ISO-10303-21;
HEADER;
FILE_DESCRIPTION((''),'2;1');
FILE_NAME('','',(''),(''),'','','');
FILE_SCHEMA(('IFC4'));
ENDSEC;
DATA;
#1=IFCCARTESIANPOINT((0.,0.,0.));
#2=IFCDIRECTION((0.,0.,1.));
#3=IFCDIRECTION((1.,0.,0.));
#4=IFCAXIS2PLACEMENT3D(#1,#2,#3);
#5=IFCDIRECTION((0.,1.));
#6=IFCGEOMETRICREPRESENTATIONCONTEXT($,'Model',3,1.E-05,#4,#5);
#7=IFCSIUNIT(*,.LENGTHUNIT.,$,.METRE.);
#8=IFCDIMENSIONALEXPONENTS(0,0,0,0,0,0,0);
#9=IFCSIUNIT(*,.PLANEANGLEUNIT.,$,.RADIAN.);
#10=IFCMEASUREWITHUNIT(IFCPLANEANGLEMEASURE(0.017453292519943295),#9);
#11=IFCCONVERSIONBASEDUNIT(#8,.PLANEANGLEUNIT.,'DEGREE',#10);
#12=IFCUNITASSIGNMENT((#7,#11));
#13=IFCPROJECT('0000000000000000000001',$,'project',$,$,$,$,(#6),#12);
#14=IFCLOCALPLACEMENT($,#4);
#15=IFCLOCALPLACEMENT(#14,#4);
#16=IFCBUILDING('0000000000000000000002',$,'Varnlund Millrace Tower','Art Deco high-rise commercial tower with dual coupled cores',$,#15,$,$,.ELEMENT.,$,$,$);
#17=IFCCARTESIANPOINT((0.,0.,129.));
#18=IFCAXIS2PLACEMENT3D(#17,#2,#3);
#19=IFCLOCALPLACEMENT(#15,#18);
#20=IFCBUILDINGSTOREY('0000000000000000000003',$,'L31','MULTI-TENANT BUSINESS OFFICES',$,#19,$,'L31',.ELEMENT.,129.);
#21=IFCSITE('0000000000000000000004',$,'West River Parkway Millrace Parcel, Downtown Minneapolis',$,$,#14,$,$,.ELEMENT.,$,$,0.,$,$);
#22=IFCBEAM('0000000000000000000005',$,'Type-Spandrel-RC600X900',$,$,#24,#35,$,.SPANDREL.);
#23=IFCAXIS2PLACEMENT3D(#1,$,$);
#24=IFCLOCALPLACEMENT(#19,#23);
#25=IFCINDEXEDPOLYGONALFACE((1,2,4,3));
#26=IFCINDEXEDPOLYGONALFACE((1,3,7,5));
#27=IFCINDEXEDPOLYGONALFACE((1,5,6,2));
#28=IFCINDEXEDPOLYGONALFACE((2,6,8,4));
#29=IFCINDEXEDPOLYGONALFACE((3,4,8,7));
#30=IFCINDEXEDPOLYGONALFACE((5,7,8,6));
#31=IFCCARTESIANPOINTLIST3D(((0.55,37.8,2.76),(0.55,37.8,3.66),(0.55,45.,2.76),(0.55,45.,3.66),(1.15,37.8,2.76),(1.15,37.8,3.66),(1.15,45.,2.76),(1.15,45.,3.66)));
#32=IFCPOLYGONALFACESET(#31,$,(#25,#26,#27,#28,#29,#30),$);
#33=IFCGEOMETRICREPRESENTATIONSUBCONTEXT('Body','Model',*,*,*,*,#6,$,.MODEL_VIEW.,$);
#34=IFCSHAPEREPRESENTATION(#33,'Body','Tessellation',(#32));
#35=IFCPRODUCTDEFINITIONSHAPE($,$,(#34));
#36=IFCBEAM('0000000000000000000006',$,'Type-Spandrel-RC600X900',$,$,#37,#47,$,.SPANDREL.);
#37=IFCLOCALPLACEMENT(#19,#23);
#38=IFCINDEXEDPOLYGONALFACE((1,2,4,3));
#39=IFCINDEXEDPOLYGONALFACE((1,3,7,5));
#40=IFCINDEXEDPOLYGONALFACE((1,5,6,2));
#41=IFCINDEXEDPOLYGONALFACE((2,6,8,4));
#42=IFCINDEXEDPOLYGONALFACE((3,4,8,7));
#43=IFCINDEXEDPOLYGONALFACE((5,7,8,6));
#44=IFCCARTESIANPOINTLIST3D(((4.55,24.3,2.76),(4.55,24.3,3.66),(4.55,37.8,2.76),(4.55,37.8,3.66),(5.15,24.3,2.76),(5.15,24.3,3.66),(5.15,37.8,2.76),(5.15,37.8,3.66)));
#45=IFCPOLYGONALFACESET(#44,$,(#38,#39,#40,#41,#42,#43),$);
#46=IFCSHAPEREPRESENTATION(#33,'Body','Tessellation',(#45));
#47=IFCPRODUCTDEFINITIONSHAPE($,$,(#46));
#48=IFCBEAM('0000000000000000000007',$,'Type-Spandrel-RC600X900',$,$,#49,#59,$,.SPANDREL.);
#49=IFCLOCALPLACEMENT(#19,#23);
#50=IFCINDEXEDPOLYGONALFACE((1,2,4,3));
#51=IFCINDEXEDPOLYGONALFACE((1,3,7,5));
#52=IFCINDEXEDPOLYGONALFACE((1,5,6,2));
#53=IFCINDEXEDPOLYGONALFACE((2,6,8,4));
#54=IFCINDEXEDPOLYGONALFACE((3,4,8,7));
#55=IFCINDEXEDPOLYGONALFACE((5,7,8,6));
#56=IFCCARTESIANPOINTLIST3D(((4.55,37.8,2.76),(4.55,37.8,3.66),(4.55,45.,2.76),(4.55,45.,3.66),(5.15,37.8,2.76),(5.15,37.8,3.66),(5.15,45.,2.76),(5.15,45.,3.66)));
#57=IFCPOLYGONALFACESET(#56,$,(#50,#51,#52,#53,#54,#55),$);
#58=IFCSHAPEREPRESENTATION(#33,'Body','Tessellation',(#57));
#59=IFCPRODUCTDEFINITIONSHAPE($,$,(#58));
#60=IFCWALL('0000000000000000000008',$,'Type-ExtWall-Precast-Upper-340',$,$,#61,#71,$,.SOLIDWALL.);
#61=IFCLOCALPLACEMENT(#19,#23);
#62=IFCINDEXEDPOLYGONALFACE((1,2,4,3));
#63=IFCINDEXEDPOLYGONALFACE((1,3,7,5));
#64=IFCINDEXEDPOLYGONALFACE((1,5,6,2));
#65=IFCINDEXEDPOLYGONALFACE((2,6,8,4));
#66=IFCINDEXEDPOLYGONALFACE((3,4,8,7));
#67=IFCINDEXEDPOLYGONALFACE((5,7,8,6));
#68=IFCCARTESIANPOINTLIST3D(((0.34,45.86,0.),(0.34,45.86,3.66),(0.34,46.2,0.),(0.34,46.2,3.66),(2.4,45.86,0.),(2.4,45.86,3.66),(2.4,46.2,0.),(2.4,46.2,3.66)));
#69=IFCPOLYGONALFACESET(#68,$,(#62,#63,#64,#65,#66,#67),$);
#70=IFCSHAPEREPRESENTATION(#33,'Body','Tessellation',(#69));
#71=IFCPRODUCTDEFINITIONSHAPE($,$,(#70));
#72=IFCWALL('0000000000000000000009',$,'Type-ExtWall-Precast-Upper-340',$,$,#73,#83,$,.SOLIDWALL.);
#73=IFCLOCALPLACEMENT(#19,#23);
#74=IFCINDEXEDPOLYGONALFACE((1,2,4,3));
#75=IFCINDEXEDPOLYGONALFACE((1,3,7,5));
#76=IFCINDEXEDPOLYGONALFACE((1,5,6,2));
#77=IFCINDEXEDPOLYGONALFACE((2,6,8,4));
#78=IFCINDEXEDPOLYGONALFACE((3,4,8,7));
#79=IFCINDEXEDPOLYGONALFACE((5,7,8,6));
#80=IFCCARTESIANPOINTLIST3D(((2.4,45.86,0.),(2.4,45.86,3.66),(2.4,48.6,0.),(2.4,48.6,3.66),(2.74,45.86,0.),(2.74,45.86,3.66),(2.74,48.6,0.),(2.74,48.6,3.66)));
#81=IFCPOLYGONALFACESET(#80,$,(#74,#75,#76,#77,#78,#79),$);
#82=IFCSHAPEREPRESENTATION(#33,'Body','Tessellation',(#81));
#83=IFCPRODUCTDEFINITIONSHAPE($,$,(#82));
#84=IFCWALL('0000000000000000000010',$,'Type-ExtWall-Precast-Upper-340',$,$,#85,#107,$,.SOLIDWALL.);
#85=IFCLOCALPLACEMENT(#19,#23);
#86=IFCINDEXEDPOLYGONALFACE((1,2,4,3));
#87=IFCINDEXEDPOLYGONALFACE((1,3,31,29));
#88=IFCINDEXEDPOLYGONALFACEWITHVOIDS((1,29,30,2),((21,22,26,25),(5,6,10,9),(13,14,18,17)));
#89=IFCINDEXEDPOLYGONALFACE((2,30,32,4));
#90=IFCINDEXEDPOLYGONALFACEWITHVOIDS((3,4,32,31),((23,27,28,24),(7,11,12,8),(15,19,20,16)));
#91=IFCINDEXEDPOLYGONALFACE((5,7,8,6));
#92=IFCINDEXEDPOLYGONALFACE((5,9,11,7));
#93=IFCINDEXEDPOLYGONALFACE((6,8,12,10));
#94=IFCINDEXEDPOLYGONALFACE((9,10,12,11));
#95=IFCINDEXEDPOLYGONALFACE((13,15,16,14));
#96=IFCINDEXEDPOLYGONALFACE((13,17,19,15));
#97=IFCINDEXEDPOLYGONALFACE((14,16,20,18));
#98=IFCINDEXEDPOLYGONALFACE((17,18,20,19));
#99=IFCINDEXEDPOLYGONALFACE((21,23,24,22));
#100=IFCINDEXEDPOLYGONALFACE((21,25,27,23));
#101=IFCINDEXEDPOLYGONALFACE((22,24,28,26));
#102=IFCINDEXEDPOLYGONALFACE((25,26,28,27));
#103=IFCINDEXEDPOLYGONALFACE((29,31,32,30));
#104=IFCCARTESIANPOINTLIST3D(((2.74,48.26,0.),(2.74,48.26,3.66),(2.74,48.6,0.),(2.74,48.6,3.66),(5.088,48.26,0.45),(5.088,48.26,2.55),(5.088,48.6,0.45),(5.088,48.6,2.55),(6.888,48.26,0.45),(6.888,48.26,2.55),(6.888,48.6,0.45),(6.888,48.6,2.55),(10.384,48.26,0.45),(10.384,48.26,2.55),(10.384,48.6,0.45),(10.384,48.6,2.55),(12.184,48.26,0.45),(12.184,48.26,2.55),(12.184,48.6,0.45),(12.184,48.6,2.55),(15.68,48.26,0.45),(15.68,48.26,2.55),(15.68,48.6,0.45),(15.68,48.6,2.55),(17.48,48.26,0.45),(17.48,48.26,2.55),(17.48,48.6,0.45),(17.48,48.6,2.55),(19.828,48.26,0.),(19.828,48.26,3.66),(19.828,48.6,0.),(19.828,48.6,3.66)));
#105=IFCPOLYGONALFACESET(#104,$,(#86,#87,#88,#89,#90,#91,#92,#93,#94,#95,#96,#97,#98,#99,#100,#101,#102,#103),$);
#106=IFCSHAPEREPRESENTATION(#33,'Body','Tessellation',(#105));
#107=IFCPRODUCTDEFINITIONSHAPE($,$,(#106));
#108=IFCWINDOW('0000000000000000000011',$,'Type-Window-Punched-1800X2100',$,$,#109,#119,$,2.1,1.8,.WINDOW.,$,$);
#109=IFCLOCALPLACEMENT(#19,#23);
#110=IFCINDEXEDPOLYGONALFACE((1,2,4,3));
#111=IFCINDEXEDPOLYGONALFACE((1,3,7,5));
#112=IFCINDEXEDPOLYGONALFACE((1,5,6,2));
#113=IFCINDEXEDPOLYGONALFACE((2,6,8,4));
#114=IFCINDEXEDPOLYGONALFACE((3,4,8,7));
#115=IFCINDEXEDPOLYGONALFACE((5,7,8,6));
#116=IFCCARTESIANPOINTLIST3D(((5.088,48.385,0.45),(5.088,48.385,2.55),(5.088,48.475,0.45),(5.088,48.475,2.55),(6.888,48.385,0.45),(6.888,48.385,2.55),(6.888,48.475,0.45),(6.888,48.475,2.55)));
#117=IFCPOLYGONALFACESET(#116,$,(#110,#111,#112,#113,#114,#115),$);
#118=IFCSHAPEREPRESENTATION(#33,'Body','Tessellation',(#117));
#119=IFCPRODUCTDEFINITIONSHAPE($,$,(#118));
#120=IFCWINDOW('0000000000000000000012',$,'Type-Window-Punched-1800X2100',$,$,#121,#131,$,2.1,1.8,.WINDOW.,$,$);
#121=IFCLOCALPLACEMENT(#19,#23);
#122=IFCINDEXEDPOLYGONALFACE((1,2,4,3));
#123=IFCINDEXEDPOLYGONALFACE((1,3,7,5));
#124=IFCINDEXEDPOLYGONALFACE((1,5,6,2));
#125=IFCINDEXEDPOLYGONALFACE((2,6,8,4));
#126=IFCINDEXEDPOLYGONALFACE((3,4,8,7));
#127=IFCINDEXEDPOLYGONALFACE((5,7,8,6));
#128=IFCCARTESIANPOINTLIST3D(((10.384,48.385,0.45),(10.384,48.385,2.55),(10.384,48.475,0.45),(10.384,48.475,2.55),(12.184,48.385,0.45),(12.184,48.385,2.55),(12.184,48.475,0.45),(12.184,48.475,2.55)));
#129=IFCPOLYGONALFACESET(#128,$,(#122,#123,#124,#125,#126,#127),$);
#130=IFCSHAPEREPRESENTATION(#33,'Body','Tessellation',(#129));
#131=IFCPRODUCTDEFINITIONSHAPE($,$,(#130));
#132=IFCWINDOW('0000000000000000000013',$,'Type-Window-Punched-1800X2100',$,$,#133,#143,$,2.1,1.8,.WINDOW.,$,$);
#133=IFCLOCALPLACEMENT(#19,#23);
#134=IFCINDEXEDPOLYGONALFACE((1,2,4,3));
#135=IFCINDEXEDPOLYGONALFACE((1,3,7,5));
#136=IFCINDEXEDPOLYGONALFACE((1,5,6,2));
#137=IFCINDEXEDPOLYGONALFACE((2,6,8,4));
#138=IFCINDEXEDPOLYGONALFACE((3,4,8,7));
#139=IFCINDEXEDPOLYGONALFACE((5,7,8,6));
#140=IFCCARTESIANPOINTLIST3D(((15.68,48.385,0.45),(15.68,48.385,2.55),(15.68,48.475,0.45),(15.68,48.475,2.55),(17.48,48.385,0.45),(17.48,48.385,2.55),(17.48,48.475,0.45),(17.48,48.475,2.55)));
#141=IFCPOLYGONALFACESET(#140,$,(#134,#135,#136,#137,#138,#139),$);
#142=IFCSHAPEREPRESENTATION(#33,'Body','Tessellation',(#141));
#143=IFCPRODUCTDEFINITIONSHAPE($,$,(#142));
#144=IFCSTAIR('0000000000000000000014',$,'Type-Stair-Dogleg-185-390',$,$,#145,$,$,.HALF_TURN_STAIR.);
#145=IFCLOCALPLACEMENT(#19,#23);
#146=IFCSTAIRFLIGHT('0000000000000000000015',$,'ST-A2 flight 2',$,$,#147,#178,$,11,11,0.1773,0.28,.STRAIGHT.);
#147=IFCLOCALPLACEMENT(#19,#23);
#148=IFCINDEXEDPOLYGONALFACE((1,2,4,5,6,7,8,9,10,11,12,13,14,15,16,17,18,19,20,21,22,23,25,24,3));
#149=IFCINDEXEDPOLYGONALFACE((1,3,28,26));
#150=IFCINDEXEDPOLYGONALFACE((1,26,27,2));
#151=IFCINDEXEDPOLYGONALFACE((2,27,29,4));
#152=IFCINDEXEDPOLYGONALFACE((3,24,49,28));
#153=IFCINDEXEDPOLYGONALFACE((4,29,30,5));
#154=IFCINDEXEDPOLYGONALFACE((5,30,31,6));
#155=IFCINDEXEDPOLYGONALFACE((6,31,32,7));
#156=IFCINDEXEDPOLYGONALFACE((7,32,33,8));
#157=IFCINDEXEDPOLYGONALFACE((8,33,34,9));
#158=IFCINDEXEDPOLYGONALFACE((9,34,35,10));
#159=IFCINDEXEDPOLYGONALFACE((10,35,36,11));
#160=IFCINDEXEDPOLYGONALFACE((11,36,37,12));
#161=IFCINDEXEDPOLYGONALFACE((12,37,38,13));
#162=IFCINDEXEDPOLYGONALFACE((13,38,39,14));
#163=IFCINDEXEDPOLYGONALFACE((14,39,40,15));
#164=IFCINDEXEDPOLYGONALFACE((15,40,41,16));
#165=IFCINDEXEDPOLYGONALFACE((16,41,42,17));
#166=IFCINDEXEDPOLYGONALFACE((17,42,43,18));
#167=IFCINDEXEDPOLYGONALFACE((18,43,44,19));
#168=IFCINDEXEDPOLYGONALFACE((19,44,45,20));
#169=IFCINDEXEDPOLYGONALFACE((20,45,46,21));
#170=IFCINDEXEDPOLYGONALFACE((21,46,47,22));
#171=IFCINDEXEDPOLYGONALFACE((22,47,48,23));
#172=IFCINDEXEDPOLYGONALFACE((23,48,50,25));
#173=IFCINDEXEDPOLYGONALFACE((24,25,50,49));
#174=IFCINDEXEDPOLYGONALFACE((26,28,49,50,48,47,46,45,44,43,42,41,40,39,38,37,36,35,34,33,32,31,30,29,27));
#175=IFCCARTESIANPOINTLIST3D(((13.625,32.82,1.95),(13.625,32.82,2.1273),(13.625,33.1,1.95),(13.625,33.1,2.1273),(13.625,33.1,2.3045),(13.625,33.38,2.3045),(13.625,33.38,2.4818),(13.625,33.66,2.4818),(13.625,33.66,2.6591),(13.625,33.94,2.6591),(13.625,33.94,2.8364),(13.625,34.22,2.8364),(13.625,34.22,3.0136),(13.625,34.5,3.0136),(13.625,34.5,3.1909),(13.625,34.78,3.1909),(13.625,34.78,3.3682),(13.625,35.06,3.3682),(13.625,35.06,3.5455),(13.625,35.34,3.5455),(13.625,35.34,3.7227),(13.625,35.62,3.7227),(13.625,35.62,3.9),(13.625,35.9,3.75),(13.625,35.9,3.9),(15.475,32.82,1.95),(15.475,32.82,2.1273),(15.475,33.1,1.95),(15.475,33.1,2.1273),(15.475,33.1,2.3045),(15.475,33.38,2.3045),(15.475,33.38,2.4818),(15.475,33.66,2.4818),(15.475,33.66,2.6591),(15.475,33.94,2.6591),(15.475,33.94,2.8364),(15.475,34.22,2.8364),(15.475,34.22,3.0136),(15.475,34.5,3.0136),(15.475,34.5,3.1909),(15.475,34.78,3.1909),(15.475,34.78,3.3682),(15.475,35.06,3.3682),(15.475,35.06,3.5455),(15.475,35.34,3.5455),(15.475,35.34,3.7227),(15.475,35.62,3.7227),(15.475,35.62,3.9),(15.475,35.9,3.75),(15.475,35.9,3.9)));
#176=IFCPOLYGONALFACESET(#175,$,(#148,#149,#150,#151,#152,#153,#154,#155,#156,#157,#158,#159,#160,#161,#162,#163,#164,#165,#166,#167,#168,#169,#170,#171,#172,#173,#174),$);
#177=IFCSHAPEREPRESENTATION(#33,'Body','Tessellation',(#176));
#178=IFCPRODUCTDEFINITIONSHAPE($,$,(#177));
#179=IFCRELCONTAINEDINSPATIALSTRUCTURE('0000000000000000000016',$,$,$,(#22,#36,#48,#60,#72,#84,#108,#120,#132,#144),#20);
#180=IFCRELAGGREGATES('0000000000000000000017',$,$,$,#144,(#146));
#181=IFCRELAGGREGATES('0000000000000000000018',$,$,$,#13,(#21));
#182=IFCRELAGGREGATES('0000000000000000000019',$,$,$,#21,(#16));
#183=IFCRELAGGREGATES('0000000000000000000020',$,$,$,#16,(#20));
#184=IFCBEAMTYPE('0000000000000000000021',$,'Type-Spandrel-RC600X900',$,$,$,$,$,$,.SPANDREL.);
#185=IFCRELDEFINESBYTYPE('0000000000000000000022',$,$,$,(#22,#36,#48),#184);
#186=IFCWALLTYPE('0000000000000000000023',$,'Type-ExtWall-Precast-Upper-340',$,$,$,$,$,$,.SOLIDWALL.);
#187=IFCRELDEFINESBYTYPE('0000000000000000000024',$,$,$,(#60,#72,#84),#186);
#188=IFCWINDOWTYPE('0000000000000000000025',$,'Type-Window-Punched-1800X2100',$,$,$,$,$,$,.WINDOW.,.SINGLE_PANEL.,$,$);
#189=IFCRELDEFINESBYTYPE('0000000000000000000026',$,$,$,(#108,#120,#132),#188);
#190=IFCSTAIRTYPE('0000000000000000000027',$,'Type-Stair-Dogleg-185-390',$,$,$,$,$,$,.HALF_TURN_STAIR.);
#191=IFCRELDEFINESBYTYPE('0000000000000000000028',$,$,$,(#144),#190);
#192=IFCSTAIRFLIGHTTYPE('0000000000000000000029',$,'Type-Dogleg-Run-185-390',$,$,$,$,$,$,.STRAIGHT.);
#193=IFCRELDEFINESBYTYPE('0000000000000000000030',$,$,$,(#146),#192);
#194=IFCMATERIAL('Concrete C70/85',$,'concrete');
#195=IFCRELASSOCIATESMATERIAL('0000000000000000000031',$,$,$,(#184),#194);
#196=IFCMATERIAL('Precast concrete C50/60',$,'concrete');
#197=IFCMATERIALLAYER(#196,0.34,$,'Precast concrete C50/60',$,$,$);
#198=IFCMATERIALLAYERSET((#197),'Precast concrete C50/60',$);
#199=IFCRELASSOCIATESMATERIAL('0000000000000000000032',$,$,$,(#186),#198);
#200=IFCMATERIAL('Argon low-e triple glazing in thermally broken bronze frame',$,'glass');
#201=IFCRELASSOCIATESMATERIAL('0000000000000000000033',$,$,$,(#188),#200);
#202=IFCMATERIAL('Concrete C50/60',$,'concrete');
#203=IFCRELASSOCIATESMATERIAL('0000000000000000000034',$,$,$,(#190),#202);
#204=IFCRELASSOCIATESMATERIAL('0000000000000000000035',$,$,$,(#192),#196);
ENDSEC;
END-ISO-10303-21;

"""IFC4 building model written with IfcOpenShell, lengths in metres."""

from ifc_helpers import new_model, entity, si_unit, converted_unit, direction, frame, origin_with_axes, origin_2d_with_axis, place, context, subcontext, project, spatial, polyline, rectangle, outline, extrude, material, layer, layer_set, material_profile, profile_set, type_object, element, fill, aggregate, save


model = new_model("IFC4")

# Units and contexts
model_context = context("Model", 3, precision=1e-05, world=origin_with_axes(), true_north=direction((0.0, 1.0)))
body_context = subcontext(model_context, "Body", "Model", "MODEL_VIEW")
ifc_project = project(units=[si_unit("LENGTHUNIT", "METRE"), converted_unit("PLANEANGLEUNIT", "DEGREE", entity("IfcPlaneAngleMeasure", 0.017453292519943295), si_unit("PLANEANGLEUNIT", "RADIAN"), dimensions=[0, 0, 0, 0, 0, 0, 0])], contexts=[model_context])

# Site, building, storey
site_placement = place(None, origin_with_axes())
site = spatial("IfcSite", under=ifc_project, at=site_placement, Name="West River Parkway Millrace Parcel, Downtown Minneapolis", CompositionType="ELEMENT", RefElevation=0.0)
building_placement = place(site_placement, origin_with_axes())
building = spatial("IfcBuilding", under=site, at=building_placement, Name="Varnlund Millrace Tower", Description="Art Deco high-rise commercial tower with dual coupled cores", CompositionType="ELEMENT")
storey_placement = place(building_placement, frame((0.0, 0.0, 129.0), z_axis=(0.0, 0.0, 1.0), x_axis=(1.0, 0.0, 0.0)))
storey = spatial("IfcBuildingStorey", under=building, at=storey_placement, Name="L31", Description="MULTI-TENANT BUSINESS OFFICES", LongName="L31", CompositionType="ELEMENT", Elevation=129.0)

# Beams
ifc_material_1 = material(Name="Concrete C70/85", Category="concrete")
ifc_material_profile_1 = material_profile(ifc_material_1, rectangle(XDim=0.6, YDim=0.9, at=origin_2d_with_axis()), Name="Concrete C70/85")
ifc_profile_set_1 = profile_set([ifc_material_profile_1], Name="Concrete C70/85")
beam_type_1 = type_object("IfcBeamType", Name="Type-Spandrel-RC600X900", PredefinedType="SPANDREL", material=ifc_profile_set_1)
beam_1_placement = place(storey_placement, frame((0.85, 37.8, 3.21), z_axis=(0.0, 1.0, 0.0), x_axis=(-1.0, 0.0, 0.0)))
element("IfcBeam", 1, at=beam_1_placement, inside=storey, type_object=beam_type_1, Name="Type-Spandrel-RC600X900", PredefinedType="SPANDREL", context=body_context, shape_type="SweptSolid", body=[
    extrude(rectangle(XDim=0.6, YDim=0.9, at=origin_2d_with_axis()), origin_with_axes(), (0.0, 0.0, 1.0), 7.2),
])
beam_2_placement = place(storey_placement, frame((4.85, 24.3, 3.21), z_axis=(0.0, 1.0, 0.0), x_axis=(-1.0, 0.0, 0.0)))
element("IfcBeam", 2, at=beam_2_placement, inside=storey, type_object=beam_type_1, Name="Type-Spandrel-RC600X900", PredefinedType="SPANDREL", context=body_context, shape_type="SweptSolid", body=[
    extrude(rectangle(XDim=0.6, YDim=0.9, at=origin_2d_with_axis()), origin_with_axes(), (0.0, 0.0, 1.0), 13.5),
])
beam_3_placement = place(storey_placement, frame((4.85, 37.8, 3.21), z_axis=(0.0, 1.0, 0.0), x_axis=(-1.0, 0.0, 0.0)))
element("IfcBeam", 3, at=beam_3_placement, inside=storey, type_object=beam_type_1, Name="Type-Spandrel-RC600X900", PredefinedType="SPANDREL", context=body_context, shape_type="SweptSolid", body=[
    extrude(rectangle(XDim=0.6, YDim=0.9, at=origin_2d_with_axis()), origin_with_axes(), (0.0, 0.0, 1.0), 7.2),
])

# Walls
ifc_material_2 = material(Name="Precast concrete C50/60", Category="concrete")
ifc_layer = layer(ifc_material_2, 0.34, Name="Precast concrete C50/60")
ifc_layer_set = layer_set([ifc_layer], Name="Precast concrete C50/60")
wall_type = type_object("IfcWallType", Name="Type-ExtWall-Precast-Upper-340", PredefinedType="SOLIDWALL", material=ifc_layer_set)
wall_1_placement = place(storey_placement, frame((0.34, 46.03, 0.0), z_axis=(0.0, 0.0, 1.0), x_axis=(1.0, 0.0, 0.0)))
element("IfcWall", 4, at=wall_1_placement, inside=storey, type_object=wall_type, Name="Type-ExtWall-Precast-Upper-340", PredefinedType="SOLIDWALL", context=body_context, shape_type="SweptSolid", body=[
    extrude(outline(polyline([(0.0, -0.17), (2.06, -0.17), (2.06, 0.17), (0.0, 0.17), (0.0, -0.17)])), origin_with_axes(), (0.0, 0.0, 1.0), 3.66),
])
wall_2_placement = place(storey_placement, frame((2.57, 45.86, 0.0), z_axis=(0.0, 0.0, 1.0), x_axis=(0.0, 1.0, 0.0)))
element("IfcWall", 5, at=wall_2_placement, inside=storey, type_object=wall_type, Name="Type-ExtWall-Precast-Upper-340", PredefinedType="SOLIDWALL", context=body_context, shape_type="SweptSolid", body=[
    extrude(outline(polyline([(0.0, -0.17), (2.74, -0.17), (2.74, 0.17), (0.0, 0.17), (0.0, -0.17)])), origin_with_axes(), (0.0, 0.0, 1.0), 3.66),
])

# Wall, openings, windows
wall_3_placement = place(storey_placement, frame((2.74, 48.43, 0.0), z_axis=(0.0, 0.0, 1.0), x_axis=(1.0, 0.0, 0.0)))
wall_3 = element("IfcWall", 6, at=wall_3_placement, inside=storey, type_object=wall_type, Name="Type-ExtWall-Precast-Upper-340", PredefinedType="SOLIDWALL", context=body_context, shape_type="SweptSolid", body=[
    extrude(outline(polyline([(0.0, -0.17), (17.088, -0.17), (17.088, 0.17), (0.0, 0.17), (0.0, -0.17)])), origin_with_axes(), (0.0, 0.0, 1.0), 3.66),
])
opening_1_placement = place(wall_3_placement, frame((3.248, 0.0, 0.45), z_axis=(0.0, 0.0, 1.0), x_axis=(1.0, 0.0, 0.0)))
opening_1 = element("IfcOpeningElement", 7, at=opening_1_placement, cuts=wall_3, PredefinedType="OPENING", context=body_context, shape_type="SweptSolid", body=[
    extrude(rectangle(XDim=1.8, YDim=0.36, at=origin_2d_with_axis()), origin_with_axes(), (0.0, 0.0, 1.0), 2.1),
])
opening_2_placement = place(wall_3_placement, frame((8.544, 0.0, 0.45), z_axis=(0.0, 0.0, 1.0), x_axis=(1.0, 0.0, 0.0)))
opening_2 = element("IfcOpeningElement", 8, at=opening_2_placement, cuts=wall_3, PredefinedType="OPENING", context=body_context, shape_type="SweptSolid", body=[
    extrude(rectangle(XDim=1.8, YDim=0.36, at=origin_2d_with_axis()), origin_with_axes(), (0.0, 0.0, 1.0), 2.1),
])
opening_3_placement = place(wall_3_placement, frame((13.84, 0.0, 0.45), z_axis=(0.0, 0.0, 1.0), x_axis=(1.0, 0.0, 0.0)))
opening_3 = element("IfcOpeningElement", 9, at=opening_3_placement, cuts=wall_3, PredefinedType="OPENING", context=body_context, shape_type="SweptSolid", body=[
    extrude(rectangle(XDim=1.8, YDim=0.36, at=origin_2d_with_axis()), origin_with_axes(), (0.0, 0.0, 1.0), 2.1),
])
ifc_material_3 = material(Name="Argon low-e triple glazing in thermally broken bronze frame", Category="glass")
window_type = type_object("IfcWindowType", Name="Type-Window-Punched-1800X2100", PartitioningType="SINGLE_PANEL", PredefinedType="WINDOW", material=ifc_material_3)
window_1_placement = place(wall_3_placement, frame((3.248, 0.0, 0.45), z_axis=(0.0, 0.0, 1.0), x_axis=(1.0, 0.0, 0.0)))
window_1 = element("IfcWindow", 10, at=window_1_placement, inside=storey, type_object=window_type, Name="Type-Window-Punched-1800X2100", OverallHeight=2.1, OverallWidth=1.8, PredefinedType="WINDOW", context=body_context, shape_type="SweptSolid", body=[
    extrude(rectangle(XDim=1.8, YDim=0.09, at=origin_2d_with_axis()), origin_with_axes(), (0.0, 0.0, 1.0), 2.1),
])
fill(opening_1, window_1)
window_2_placement = place(wall_3_placement, frame((8.544, 0.0, 0.45), z_axis=(0.0, 0.0, 1.0), x_axis=(1.0, 0.0, 0.0)))
window_2 = element("IfcWindow", 11, at=window_2_placement, inside=storey, type_object=window_type, Name="Type-Window-Punched-1800X2100", OverallHeight=2.1, OverallWidth=1.8, PredefinedType="WINDOW", context=body_context, shape_type="SweptSolid", body=[
    extrude(rectangle(XDim=1.8, YDim=0.09, at=origin_2d_with_axis()), origin_with_axes(), (0.0, 0.0, 1.0), 2.1),
])
fill(opening_2, window_2)
window_3_placement = place(wall_3_placement, frame((13.84, 0.0, 0.45), z_axis=(0.0, 0.0, 1.0), x_axis=(1.0, 0.0, 0.0)))
window_3 = element("IfcWindow", 12, at=window_3_placement, inside=storey, type_object=window_type, Name="Type-Window-Punched-1800X2100", OverallHeight=2.1, OverallWidth=1.8, PredefinedType="WINDOW", context=body_context, shape_type="SweptSolid", body=[
    extrude(rectangle(XDim=1.8, YDim=0.09, at=origin_2d_with_axis()), origin_with_axes(), (0.0, 0.0, 1.0), 2.1),
])
fill(opening_3, window_3)

# Stair, stair flight
ifc_material_4 = material(Name="Concrete C50/60", Category="concrete")
stair_type = type_object("IfcStairType", Name="Type-Stair-Dogleg-185-390", PredefinedType="HALF_TURN_STAIR", material=ifc_material_4)
stair_placement = place(storey_placement, origin_with_axes())
stair = element("IfcStair", 13, at=stair_placement, inside=storey, type_object=stair_type, Name="Type-Stair-Dogleg-185-390", PredefinedType="HALF_TURN_STAIR")
stair_flight_type = type_object("IfcStairFlightType", Name="Type-Dogleg-Run-185-390", PredefinedType="STRAIGHT", material=ifc_material_2)
stair_flight_placement = place(storey_placement, frame((13.625, 32.82, 1.95), z_axis=(1.0, 0.0, 0.0), x_axis=(0.0, 1.0, 0.0)))
stair_flight = element("IfcStairFlight", 14, at=stair_flight_placement, type_object=stair_flight_type, Name="ST-A2 flight 2", NumberOfRisers=11, NumberOfTreads=11, PredefinedType="STRAIGHT", RiserHeight=0.1773, TreadLength=0.28, context=body_context, shape_type="SweptSolid", body=[
    extrude(outline(polyline([(0.0, 0.0), (0.0, 0.1773), (0.28, 0.1773), (0.28, 0.3545), (0.56, 0.3545), (0.56, 0.5318), (0.84, 0.5318), (0.84, 0.7091), (1.12, 0.7091), (1.12, 0.8864), (1.4, 0.8864), (1.4, 1.0636), (1.68, 1.0636), (1.68, 1.2409), (1.96, 1.2409), (1.96, 1.4182), (2.24, 1.4182), (2.24, 1.5955), (2.52, 1.5955), (2.52, 1.7727), (2.8, 1.7727), (2.8, 1.95), (3.08, 1.95), (3.08, 1.8), (0.28, 0.0), (0.0, 0.0)])), origin_with_axes(), (0.0, 0.0, 1.0), 1.85),
])
aggregate(stair, [stair_flight])

save(model, "model.ifc")
